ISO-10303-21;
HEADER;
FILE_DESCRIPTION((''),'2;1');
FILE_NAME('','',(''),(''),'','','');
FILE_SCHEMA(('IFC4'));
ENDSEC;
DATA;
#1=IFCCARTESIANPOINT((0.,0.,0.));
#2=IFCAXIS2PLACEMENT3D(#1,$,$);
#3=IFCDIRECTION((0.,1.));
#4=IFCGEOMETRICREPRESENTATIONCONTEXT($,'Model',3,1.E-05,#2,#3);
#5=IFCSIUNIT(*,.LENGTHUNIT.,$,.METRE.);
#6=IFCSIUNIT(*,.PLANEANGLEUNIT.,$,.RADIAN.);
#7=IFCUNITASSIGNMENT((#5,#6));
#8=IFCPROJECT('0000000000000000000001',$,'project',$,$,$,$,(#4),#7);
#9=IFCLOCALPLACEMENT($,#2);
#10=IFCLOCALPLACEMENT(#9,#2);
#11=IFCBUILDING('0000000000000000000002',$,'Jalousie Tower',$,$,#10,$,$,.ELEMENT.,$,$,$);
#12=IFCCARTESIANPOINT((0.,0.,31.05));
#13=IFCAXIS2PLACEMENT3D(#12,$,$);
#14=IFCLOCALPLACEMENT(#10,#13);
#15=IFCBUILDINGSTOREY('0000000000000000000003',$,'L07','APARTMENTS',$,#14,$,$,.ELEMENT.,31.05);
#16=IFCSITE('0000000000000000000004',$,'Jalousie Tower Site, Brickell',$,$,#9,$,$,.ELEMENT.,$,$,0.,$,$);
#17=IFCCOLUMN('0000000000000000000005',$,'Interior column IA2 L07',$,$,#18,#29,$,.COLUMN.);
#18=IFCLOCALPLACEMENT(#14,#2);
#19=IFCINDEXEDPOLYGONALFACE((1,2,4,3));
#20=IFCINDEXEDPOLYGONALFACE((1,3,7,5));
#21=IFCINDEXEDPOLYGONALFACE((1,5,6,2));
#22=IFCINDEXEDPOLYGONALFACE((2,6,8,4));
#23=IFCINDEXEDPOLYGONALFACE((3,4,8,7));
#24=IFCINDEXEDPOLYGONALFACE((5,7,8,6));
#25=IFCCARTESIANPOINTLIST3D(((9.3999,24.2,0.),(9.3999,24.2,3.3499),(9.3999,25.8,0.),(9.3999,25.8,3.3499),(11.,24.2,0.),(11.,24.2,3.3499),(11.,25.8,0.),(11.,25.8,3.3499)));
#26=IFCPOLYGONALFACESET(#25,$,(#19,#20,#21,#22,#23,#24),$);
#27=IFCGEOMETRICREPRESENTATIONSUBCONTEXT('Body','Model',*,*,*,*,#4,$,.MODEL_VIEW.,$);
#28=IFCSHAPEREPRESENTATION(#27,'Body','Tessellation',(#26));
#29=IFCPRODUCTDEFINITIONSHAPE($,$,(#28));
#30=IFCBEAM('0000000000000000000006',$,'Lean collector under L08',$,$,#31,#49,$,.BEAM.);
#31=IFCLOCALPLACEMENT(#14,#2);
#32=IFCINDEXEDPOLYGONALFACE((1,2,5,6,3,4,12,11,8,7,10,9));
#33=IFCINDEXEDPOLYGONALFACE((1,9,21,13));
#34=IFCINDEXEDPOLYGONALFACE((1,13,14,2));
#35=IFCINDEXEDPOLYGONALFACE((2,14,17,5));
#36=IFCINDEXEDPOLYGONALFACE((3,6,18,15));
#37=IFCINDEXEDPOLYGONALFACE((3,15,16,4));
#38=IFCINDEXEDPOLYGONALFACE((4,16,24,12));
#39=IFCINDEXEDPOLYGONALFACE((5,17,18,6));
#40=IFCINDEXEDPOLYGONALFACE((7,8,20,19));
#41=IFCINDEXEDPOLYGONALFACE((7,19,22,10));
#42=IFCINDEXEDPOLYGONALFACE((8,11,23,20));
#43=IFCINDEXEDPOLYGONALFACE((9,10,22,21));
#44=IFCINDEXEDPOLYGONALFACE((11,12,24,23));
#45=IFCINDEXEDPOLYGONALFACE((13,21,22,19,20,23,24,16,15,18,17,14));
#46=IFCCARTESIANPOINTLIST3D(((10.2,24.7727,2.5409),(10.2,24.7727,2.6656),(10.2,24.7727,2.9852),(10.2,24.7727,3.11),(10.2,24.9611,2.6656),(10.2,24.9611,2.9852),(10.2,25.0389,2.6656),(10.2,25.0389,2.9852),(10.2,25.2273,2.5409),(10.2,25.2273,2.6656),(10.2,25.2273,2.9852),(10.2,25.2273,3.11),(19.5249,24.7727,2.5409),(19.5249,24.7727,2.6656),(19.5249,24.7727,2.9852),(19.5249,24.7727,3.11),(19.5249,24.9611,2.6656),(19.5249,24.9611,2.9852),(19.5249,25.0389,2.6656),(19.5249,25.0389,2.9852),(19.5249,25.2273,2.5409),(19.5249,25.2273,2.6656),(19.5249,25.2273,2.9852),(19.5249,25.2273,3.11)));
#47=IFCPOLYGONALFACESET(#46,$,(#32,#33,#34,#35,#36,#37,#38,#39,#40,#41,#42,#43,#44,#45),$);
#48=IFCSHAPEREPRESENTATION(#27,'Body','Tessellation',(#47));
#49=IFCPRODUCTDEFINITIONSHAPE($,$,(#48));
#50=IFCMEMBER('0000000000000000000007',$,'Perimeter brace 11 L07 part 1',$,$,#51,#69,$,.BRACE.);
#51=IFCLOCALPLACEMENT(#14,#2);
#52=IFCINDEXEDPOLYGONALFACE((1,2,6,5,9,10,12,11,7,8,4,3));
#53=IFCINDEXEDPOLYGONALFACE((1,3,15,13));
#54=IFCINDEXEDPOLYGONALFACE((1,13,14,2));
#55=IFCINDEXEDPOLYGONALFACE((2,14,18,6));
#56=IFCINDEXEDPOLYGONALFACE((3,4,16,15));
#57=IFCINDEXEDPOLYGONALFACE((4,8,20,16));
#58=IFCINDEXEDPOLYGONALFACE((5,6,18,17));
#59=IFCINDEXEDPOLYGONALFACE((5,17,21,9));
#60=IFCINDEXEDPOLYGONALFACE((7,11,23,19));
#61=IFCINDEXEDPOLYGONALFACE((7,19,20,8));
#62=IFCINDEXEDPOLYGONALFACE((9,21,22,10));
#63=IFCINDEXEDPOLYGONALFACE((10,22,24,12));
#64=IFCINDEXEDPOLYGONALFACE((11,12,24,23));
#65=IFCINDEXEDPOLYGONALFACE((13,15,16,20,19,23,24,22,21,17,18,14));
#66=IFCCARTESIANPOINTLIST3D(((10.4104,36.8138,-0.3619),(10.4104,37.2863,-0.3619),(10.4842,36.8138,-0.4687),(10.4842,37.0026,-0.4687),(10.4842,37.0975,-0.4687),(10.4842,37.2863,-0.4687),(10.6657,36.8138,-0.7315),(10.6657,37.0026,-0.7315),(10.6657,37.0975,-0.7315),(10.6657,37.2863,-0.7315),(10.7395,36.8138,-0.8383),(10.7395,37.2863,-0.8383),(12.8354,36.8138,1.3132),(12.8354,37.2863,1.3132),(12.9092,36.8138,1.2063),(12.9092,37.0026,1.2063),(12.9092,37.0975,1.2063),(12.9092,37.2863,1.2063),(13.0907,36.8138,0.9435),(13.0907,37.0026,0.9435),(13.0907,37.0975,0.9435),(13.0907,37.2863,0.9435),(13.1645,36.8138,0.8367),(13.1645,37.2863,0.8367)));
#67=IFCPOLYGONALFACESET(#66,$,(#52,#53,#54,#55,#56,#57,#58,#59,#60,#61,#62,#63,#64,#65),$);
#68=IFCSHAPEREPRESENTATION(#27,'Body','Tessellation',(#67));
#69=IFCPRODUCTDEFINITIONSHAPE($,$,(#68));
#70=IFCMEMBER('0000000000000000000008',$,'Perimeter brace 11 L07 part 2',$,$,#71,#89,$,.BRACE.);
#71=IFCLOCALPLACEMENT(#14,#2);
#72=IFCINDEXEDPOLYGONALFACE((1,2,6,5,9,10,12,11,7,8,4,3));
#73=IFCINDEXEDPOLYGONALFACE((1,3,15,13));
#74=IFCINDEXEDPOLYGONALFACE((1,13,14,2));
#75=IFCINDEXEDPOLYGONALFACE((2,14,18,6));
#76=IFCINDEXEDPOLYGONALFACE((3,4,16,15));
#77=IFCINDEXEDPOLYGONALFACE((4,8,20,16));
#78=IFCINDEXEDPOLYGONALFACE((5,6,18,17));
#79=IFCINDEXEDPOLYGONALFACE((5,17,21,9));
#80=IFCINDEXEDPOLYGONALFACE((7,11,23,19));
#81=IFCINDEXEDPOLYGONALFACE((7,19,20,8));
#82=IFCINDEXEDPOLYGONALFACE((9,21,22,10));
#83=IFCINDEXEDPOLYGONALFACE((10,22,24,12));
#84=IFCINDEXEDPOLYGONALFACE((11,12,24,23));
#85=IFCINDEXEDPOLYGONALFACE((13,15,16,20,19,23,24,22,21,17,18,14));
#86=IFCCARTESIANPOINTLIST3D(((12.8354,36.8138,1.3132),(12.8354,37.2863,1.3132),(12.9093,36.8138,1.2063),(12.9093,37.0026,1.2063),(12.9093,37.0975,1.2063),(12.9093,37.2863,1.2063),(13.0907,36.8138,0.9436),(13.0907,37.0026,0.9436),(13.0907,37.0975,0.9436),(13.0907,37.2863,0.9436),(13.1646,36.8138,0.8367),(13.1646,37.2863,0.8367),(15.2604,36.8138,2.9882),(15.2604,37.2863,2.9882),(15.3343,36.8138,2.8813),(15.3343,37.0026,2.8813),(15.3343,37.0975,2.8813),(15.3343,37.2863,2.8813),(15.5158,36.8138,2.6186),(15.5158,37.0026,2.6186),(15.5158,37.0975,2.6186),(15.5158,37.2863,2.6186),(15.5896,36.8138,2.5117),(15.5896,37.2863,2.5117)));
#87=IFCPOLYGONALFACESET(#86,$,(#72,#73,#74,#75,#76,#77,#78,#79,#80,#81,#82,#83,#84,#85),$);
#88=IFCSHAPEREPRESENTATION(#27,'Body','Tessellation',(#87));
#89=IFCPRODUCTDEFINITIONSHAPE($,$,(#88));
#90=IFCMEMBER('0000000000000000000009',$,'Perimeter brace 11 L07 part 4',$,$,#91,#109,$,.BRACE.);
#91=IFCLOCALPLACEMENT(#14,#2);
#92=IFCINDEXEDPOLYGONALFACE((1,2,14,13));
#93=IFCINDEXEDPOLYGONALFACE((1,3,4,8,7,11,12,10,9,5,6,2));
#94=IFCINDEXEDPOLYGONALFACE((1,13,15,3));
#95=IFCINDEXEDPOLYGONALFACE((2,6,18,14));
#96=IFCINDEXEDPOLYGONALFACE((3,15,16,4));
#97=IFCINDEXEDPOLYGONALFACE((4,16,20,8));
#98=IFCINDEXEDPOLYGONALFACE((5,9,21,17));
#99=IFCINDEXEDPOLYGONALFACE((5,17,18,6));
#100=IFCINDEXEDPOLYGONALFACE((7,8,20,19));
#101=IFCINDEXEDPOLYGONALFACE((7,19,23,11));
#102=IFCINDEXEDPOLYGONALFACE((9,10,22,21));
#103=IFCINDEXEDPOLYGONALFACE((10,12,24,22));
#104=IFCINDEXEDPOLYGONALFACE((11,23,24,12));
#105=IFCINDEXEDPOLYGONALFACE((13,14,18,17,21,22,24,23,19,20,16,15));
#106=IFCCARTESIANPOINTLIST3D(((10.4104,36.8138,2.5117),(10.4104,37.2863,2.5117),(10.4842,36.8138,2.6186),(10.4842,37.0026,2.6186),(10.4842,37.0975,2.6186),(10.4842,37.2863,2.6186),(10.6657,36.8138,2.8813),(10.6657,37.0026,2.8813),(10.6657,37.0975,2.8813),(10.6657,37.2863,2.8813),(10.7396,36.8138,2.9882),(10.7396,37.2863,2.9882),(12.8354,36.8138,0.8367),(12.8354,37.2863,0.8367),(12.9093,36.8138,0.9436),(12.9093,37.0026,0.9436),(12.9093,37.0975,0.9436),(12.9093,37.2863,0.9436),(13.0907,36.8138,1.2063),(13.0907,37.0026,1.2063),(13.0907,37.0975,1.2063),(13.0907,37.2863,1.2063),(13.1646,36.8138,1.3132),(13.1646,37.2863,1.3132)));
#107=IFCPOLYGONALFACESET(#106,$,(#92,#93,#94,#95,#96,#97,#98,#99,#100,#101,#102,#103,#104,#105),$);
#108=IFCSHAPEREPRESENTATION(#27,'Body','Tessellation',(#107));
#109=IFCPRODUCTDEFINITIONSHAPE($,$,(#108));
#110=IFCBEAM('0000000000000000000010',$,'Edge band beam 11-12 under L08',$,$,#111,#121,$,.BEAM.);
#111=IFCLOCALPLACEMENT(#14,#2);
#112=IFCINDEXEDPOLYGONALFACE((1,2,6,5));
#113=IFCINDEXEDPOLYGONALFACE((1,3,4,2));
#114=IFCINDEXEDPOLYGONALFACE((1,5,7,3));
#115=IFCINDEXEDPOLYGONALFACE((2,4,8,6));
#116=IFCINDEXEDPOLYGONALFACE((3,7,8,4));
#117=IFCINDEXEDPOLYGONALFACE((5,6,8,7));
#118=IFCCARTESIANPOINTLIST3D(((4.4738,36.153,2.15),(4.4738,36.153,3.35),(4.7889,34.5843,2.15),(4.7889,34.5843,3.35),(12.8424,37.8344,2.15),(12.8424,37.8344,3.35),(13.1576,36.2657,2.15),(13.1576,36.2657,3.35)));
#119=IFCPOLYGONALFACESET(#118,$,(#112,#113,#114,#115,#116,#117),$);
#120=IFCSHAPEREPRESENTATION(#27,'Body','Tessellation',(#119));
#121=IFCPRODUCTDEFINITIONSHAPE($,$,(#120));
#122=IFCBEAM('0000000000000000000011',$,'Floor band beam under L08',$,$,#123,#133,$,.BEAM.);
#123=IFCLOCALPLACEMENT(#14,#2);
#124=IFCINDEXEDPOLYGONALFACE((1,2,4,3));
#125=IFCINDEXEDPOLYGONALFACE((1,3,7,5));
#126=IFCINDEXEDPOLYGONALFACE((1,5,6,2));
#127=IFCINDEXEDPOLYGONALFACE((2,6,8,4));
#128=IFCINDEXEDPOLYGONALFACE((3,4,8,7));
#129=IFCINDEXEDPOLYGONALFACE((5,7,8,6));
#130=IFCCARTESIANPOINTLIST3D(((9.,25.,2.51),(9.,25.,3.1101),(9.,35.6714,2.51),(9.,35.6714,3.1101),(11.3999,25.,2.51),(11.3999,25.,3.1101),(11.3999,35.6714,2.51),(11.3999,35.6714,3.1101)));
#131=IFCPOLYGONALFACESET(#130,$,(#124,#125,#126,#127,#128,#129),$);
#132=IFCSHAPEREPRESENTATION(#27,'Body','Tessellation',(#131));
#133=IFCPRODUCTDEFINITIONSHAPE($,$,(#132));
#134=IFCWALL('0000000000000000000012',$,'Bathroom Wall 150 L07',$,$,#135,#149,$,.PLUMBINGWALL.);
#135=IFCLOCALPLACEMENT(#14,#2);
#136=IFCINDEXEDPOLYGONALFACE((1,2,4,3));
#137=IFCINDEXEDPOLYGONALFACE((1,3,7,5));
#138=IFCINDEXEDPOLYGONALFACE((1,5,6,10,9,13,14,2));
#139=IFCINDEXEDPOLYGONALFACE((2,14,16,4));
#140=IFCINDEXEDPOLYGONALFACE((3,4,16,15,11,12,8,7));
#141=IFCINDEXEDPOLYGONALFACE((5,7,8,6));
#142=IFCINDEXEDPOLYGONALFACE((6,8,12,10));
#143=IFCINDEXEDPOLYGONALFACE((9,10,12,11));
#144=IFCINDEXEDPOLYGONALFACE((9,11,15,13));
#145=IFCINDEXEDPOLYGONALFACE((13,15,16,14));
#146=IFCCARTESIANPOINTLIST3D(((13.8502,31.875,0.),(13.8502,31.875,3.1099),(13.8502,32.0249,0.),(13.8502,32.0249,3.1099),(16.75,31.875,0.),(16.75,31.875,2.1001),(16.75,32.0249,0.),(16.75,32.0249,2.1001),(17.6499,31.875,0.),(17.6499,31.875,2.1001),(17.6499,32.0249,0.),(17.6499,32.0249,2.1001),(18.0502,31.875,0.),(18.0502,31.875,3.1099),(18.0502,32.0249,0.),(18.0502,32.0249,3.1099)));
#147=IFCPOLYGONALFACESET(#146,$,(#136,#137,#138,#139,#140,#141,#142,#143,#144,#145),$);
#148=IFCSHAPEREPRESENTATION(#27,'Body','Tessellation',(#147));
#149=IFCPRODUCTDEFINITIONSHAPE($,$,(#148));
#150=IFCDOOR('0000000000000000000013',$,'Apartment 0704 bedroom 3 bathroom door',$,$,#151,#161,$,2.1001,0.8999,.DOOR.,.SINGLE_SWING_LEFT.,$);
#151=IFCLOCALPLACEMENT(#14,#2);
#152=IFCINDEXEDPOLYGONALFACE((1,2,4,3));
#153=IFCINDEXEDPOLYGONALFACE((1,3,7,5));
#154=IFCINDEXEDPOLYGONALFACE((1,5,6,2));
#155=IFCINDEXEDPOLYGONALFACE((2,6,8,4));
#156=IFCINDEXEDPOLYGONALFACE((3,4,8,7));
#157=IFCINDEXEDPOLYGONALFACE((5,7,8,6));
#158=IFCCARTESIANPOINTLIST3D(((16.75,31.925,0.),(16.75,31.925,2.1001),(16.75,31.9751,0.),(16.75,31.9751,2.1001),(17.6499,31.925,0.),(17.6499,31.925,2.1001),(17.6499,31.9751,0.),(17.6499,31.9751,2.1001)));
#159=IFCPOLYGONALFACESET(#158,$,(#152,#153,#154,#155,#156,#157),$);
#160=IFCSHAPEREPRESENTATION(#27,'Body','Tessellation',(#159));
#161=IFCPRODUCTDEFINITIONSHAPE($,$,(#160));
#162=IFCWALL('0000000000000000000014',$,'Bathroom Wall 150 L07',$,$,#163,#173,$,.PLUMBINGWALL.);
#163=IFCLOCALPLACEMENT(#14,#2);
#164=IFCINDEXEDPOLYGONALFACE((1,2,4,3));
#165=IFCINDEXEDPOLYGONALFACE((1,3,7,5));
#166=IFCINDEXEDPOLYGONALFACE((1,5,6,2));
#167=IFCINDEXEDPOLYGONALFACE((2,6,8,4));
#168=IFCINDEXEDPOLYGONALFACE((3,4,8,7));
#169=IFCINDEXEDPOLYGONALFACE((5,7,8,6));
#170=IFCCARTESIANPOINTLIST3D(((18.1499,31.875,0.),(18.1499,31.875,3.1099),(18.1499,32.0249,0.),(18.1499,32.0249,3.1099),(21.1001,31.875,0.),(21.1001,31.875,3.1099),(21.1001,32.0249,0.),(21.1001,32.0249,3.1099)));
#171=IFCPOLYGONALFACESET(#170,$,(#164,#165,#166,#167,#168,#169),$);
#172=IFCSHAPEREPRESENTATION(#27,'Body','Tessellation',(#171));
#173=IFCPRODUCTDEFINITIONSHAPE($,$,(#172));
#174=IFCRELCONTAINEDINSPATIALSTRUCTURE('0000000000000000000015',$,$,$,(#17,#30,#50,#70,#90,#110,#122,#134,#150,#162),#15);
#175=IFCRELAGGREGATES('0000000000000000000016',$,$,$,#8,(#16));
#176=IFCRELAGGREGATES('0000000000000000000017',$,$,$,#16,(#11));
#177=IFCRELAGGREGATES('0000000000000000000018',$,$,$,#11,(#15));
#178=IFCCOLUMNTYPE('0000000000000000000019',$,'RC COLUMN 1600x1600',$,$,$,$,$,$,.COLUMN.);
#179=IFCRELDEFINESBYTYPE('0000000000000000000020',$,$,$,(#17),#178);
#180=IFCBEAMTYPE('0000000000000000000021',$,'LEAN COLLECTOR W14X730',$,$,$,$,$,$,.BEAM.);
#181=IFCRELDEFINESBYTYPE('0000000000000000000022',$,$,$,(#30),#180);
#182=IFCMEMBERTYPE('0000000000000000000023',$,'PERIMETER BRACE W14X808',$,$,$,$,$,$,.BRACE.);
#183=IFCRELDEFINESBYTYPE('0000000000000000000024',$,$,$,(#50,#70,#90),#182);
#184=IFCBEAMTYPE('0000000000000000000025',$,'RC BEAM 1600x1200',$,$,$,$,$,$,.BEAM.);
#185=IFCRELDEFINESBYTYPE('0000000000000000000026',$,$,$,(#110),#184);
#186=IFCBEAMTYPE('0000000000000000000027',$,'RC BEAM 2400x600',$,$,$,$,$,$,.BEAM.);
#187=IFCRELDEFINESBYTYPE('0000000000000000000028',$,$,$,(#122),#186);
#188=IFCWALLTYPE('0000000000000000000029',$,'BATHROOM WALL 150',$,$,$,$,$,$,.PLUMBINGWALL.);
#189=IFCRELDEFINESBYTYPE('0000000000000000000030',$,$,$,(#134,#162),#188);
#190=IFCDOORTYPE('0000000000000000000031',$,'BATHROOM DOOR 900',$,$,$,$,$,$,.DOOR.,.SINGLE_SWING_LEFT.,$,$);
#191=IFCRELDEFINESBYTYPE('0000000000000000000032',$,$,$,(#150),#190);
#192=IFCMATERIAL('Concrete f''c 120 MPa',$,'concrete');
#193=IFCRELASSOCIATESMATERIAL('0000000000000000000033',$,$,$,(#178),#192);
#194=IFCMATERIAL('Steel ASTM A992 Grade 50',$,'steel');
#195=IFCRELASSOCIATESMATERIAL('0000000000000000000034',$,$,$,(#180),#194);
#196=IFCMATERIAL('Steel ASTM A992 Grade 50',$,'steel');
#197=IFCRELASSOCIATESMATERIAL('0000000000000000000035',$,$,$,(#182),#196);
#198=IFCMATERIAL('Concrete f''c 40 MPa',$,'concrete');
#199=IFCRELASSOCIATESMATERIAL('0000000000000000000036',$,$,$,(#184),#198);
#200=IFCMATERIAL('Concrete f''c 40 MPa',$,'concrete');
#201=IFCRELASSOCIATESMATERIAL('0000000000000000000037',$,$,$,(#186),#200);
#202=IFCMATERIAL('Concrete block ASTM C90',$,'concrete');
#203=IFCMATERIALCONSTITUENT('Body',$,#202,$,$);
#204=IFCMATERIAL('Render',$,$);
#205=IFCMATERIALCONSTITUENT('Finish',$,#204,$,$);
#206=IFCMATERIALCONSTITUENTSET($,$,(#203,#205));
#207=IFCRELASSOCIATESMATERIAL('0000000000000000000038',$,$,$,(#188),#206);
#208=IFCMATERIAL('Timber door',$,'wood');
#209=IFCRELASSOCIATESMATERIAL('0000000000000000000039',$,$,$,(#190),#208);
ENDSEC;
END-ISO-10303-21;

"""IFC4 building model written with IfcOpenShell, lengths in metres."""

from ifc_helpers import new_model, si_unit, direction, frame, frame_2d, origin, origin_2d, place, context, subcontext, project, spatial, rectangle, i_section, extrude, material, constituent, constituent_set, material_profile, profile_set, type_object, element, fill, save


model = new_model("IFC4")

# Units and contexts
model_context = context("Model", 3, precision=1e-05, world=origin(), true_north=direction((0.0, 1.0)))
body_context = subcontext(model_context, "Body", "Model", "MODEL_VIEW")
ifc_project = project(units=[si_unit("LENGTHUNIT", "METRE"), si_unit("PLANEANGLEUNIT", "RADIAN")], contexts=[model_context])

# Site, building, storey
site_placement = place(None, origin())
site = spatial("IfcSite", under=ifc_project, at=site_placement, Name="Jalousie Tower Site, Brickell", CompositionType="ELEMENT", RefElevation=0.0)
building_placement = place(site_placement, origin())
building = spatial("IfcBuilding", under=site, at=building_placement, Name="Jalousie Tower", CompositionType="ELEMENT")
storey_placement = place(building_placement, frame((0.0, 0.0, 31.05)))
storey = spatial("IfcBuildingStorey", under=building, at=storey_placement, Name="L07", Description="APARTMENTS", CompositionType="ELEMENT", Elevation=31.05)

# Column
ifc_material_1 = material(Name="Concrete f'c 120 MPa", Category="concrete")
ifc_material_profile_1 = material_profile(ifc_material_1, rectangle(XDim=1.6001, YDim=1.6001, at=origin_2d()), Name="RC 1600x1600")
ifc_profile_set_1 = profile_set([ifc_material_profile_1], Name="Concrete f'c 120 MPa")
column_type = type_object("IfcColumnType", Name="RC COLUMN 1600x1600", PredefinedType="COLUMN", material=ifc_profile_set_1)
column_placement = place(storey_placement, frame((10.2, 25.0, 0.0), z_axis=(0.0, 0.0, 1.0), x_axis=(1.0, 0.0, 0.0)))
element("IfcColumn", 1, at=column_placement, inside=storey, type_object=column_type, Name="Interior column IA2 L07", PredefinedType="COLUMN", context=body_context, shape_type="SweptSolid", body=[
    extrude(rectangle(XDim=1.6001, YDim=1.6001, at=origin_2d()), origin(), (0.0, 0.0, 1.0), 3.3499),
])

# Beam
ifc_material_2 = material(Name="Steel ASTM A992 Grade 50", Category="steel")
ifc_material_profile_2 = material_profile(ifc_material_2, i_section(OverallWidth=0.4546, OverallDepth=0.5691, WebThickness=0.0779, FlangeThickness=0.1248, at=origin_2d()), Name="W14X730")
ifc_profile_set_2 = profile_set([ifc_material_profile_2], Name="Steel ASTM A992 Grade 50")
beam_type_1 = type_object("IfcBeamType", Name="LEAN COLLECTOR W14X730", PredefinedType="BEAM", material=ifc_profile_set_2)
beam_1_placement = place(storey_placement, frame((10.2, 25.0, 2.8254), z_axis=(1.0, 0.0, 0.0), x_axis=(0.0, 1.0, 0.0)))
element("IfcBeam", 2, at=beam_1_placement, inside=storey, type_object=beam_type_1, Name="Lean collector under L08", PredefinedType="BEAM", context=body_context, shape_type="SweptSolid", body=[
    extrude(i_section(OverallWidth=0.4546, OverallDepth=0.5691, WebThickness=0.0779, FlangeThickness=0.1248, at=origin_2d()), origin(), (0.0, 0.0, 1.0), 9.325),
])

# Members
ifc_material_3 = material(Name="Steel ASTM A992 Grade 50", Category="steel")
ifc_material_profile_3 = material_profile(ifc_material_3, i_section(OverallWidth=0.4724, OverallDepth=0.5791, WebThickness=0.095, FlangeThickness=0.1299, at=origin_2d()), Name="W14X808")
ifc_profile_set_3 = profile_set([ifc_material_profile_3], Name="Steel ASTM A992 Grade 50")
member_type = type_object("IfcMemberType", Name="PERIMETER BRACE W14X808", PredefinedType="BRACE", material=ifc_profile_set_3)
for number, where, z_axis, x_axis, name in (
    (3, (10.575, 37.05, -0.6001), (0.8228, 0.0, 0.568331), (0.0, 1.0, 0.0), "Perimeter brace 11 L07 part 1"),
    (4, (13.0, 37.05, 1.075), (0.8228, 0.0, 0.568331), (0.0, 1.0, 0.0), "Perimeter brace 11 L07 part 2"),
    (5, (13.0, 37.05, 1.075), (-0.8228, 0.0, 0.568331), (0.0, -1.0, 0.0), "Perimeter brace 11 L07 part 4"),
):
    element("IfcMember", number, at=place(storey_placement, frame(where, z_axis=z_axis, x_axis=x_axis)), inside=storey, type_object=member_type, Name=name, PredefinedType="BRACE", context=body_context, shape_type="SweptSolid", body=[
        extrude(i_section(OverallWidth=0.4724, OverallDepth=0.5791, WebThickness=0.095, FlangeThickness=0.1299, at=origin_2d()), origin(), (0.0, 0.0, 1.0), 2.9473),
    ])

# Beams
ifc_material_4 = material(Name="Concrete f'c 40 MPa", Category="concrete")
ifc_material_profile_4 = material_profile(ifc_material_4, rectangle(XDim=1.6001, YDim=1.2, at=origin_2d()), Name="RC 1600x1200")
ifc_profile_set_4 = profile_set([ifc_material_profile_4], Name="Concrete f'c 40 MPa")
beam_type_2 = type_object("IfcBeamType", Name="RC BEAM 1600x1200", PredefinedType="BEAM", material=ifc_profile_set_4)
beam_2_placement = place(storey_placement, frame((13.0, 37.05, 2.75), z_axis=(-0.980408, -0.19698, 0.0), x_axis=(0.19698, -0.980408, 0.0)))
element("IfcBeam", 6, at=beam_2_placement, inside=storey, type_object=beam_type_2, Name="Edge band beam 11-12 under L08", PredefinedType="BEAM", context=body_context, shape_type="SweptSolid", body=[
    extrude(rectangle(XDim=1.6001, YDim=1.2, at=origin_2d()), origin(), (0.0, 0.0, 1.0), 8.5359),
])
ifc_material_5 = material(Name="Concrete f'c 40 MPa", Category="concrete")
ifc_material_profile_5 = material_profile(ifc_material_5, rectangle(XDim=2.3999, YDim=0.6001, at=origin_2d()), Name="RC 2400x600")
ifc_profile_set_5 = profile_set([ifc_material_profile_5], Name="Concrete f'c 40 MPa")
beam_type_3 = type_object("IfcBeamType", Name="RC BEAM 2400x600", PredefinedType="BEAM", material=ifc_profile_set_5)
beam_3_placement = place(storey_placement, frame((10.2, 25.0, 2.8101), z_axis=(0.0, 1.0, 0.0), x_axis=(-1.0, 0.0, 0.0)))
element("IfcBeam", 7, at=beam_3_placement, inside=storey, type_object=beam_type_3, Name="Floor band beam under L08", PredefinedType="BEAM", context=body_context, shape_type="SweptSolid", body=[
    extrude(rectangle(XDim=2.3999, YDim=0.6001, at=origin_2d()), origin(), (0.0, 0.0, 1.0), 10.6714),
])

# Wall, opening, door
ifc_material_6 = material(Name="Concrete block ASTM C90", Category="concrete")
ifc_constituent_1 = constituent(ifc_material_6, Name="Body")
ifc_material_7 = material(Name="Render")
ifc_constituent_2 = constituent(ifc_material_7, Name="Finish")
ifc_constituent_set_1 = constituent_set(constituents=[ifc_constituent_1, ifc_constituent_2])
wall_type_1 = type_object("IfcWallType", Name="BATHROOM WALL 150", PredefinedType="PLUMBINGWALL", material=ifc_constituent_set_1)
wall_1_placement = place(storey_placement, frame((13.8501, 31.95, 0.0), z_axis=(0.0, 0.0, 1.0), x_axis=(1.0, 0.0, 0.0)))
wall_1 = element("IfcWall", 8, at=wall_1_placement, inside=storey, type_object=wall_type_1, Name="Bathroom Wall 150 L07", PredefinedType="PLUMBINGWALL", context=body_context, shape_type="SweptSolid", body=[
    extrude(rectangle(XDim=4.2, YDim=0.1499, at=frame_2d((2.1001, 0.0))), origin(), (0.0, 0.0, 1.0), 3.1099),
])
opening_1_placement = place(wall_1_placement, frame((2.8999, 0.0, 0.0)))
opening_1 = element("IfcOpeningElement", 9, at=opening_1_placement, cuts=wall_1, PredefinedType="OPENING", context=body_context, shape_type="SweptSolid", body=[
    extrude(rectangle(XDim=0.8999, YDim=2.1001, at=frame_2d((0.45, 1.05))), frame((0.0, 0.085, 0.0), z_axis=(0.0, -1.0, 0.0), x_axis=(1.0, 0.0, 0.0)), (0.0, 0.0, 1.0), 0.1699),
])
ifc_material_8 = material(Name="Timber door", Category="wood")
door_type_1 = type_object("IfcDoorType", Name="BATHROOM DOOR 900", OperationType="SINGLE_SWING_LEFT", PredefinedType="DOOR", material=ifc_material_8)
door_1_placement = place(opening_1_placement, frame((0.8999, 0.0, 0.0), z_axis=(0.0, 0.0, 1.0), x_axis=(-1.0, 0.0, 0.0)))
door_1 = element("IfcDoor", 10, at=door_1_placement, inside=storey, type_object=door_type_1, Name="Apartment 0704 bedroom 3 bathroom door", OperationType="SINGLE_SWING_LEFT", OverallHeight=2.1001, OverallWidth=0.8999, PredefinedType="DOOR", context=body_context, shape_type="SweptSolid", body=[
    extrude(rectangle(XDim=0.8999, YDim=2.1001, at=frame_2d((0.45, 1.05))), frame((0.0, 0.0249, 0.0), z_axis=(0.0, -1.0, 0.0), x_axis=(1.0, 0.0, 0.0)), (0.0, 0.0, 1.0), 0.05),
])
fill(opening_1, door_1)

# Wall
wall_2_placement = place(storey_placement, frame((18.1499, 31.95, 0.0), z_axis=(0.0, 0.0, 1.0), x_axis=(1.0, 0.0, 0.0)))
element("IfcWall", 11, at=wall_2_placement, inside=storey, type_object=wall_type_1, Name="Bathroom Wall 150 L07", PredefinedType="PLUMBINGWALL", context=body_context, shape_type="SweptSolid", body=[
    extrude(rectangle(XDim=2.9502, YDim=0.1499, at=frame_2d((1.4751, 0.0))), origin(), (0.0, 0.0, 1.0), 3.1099),
])

save(model, "model.ifc")
